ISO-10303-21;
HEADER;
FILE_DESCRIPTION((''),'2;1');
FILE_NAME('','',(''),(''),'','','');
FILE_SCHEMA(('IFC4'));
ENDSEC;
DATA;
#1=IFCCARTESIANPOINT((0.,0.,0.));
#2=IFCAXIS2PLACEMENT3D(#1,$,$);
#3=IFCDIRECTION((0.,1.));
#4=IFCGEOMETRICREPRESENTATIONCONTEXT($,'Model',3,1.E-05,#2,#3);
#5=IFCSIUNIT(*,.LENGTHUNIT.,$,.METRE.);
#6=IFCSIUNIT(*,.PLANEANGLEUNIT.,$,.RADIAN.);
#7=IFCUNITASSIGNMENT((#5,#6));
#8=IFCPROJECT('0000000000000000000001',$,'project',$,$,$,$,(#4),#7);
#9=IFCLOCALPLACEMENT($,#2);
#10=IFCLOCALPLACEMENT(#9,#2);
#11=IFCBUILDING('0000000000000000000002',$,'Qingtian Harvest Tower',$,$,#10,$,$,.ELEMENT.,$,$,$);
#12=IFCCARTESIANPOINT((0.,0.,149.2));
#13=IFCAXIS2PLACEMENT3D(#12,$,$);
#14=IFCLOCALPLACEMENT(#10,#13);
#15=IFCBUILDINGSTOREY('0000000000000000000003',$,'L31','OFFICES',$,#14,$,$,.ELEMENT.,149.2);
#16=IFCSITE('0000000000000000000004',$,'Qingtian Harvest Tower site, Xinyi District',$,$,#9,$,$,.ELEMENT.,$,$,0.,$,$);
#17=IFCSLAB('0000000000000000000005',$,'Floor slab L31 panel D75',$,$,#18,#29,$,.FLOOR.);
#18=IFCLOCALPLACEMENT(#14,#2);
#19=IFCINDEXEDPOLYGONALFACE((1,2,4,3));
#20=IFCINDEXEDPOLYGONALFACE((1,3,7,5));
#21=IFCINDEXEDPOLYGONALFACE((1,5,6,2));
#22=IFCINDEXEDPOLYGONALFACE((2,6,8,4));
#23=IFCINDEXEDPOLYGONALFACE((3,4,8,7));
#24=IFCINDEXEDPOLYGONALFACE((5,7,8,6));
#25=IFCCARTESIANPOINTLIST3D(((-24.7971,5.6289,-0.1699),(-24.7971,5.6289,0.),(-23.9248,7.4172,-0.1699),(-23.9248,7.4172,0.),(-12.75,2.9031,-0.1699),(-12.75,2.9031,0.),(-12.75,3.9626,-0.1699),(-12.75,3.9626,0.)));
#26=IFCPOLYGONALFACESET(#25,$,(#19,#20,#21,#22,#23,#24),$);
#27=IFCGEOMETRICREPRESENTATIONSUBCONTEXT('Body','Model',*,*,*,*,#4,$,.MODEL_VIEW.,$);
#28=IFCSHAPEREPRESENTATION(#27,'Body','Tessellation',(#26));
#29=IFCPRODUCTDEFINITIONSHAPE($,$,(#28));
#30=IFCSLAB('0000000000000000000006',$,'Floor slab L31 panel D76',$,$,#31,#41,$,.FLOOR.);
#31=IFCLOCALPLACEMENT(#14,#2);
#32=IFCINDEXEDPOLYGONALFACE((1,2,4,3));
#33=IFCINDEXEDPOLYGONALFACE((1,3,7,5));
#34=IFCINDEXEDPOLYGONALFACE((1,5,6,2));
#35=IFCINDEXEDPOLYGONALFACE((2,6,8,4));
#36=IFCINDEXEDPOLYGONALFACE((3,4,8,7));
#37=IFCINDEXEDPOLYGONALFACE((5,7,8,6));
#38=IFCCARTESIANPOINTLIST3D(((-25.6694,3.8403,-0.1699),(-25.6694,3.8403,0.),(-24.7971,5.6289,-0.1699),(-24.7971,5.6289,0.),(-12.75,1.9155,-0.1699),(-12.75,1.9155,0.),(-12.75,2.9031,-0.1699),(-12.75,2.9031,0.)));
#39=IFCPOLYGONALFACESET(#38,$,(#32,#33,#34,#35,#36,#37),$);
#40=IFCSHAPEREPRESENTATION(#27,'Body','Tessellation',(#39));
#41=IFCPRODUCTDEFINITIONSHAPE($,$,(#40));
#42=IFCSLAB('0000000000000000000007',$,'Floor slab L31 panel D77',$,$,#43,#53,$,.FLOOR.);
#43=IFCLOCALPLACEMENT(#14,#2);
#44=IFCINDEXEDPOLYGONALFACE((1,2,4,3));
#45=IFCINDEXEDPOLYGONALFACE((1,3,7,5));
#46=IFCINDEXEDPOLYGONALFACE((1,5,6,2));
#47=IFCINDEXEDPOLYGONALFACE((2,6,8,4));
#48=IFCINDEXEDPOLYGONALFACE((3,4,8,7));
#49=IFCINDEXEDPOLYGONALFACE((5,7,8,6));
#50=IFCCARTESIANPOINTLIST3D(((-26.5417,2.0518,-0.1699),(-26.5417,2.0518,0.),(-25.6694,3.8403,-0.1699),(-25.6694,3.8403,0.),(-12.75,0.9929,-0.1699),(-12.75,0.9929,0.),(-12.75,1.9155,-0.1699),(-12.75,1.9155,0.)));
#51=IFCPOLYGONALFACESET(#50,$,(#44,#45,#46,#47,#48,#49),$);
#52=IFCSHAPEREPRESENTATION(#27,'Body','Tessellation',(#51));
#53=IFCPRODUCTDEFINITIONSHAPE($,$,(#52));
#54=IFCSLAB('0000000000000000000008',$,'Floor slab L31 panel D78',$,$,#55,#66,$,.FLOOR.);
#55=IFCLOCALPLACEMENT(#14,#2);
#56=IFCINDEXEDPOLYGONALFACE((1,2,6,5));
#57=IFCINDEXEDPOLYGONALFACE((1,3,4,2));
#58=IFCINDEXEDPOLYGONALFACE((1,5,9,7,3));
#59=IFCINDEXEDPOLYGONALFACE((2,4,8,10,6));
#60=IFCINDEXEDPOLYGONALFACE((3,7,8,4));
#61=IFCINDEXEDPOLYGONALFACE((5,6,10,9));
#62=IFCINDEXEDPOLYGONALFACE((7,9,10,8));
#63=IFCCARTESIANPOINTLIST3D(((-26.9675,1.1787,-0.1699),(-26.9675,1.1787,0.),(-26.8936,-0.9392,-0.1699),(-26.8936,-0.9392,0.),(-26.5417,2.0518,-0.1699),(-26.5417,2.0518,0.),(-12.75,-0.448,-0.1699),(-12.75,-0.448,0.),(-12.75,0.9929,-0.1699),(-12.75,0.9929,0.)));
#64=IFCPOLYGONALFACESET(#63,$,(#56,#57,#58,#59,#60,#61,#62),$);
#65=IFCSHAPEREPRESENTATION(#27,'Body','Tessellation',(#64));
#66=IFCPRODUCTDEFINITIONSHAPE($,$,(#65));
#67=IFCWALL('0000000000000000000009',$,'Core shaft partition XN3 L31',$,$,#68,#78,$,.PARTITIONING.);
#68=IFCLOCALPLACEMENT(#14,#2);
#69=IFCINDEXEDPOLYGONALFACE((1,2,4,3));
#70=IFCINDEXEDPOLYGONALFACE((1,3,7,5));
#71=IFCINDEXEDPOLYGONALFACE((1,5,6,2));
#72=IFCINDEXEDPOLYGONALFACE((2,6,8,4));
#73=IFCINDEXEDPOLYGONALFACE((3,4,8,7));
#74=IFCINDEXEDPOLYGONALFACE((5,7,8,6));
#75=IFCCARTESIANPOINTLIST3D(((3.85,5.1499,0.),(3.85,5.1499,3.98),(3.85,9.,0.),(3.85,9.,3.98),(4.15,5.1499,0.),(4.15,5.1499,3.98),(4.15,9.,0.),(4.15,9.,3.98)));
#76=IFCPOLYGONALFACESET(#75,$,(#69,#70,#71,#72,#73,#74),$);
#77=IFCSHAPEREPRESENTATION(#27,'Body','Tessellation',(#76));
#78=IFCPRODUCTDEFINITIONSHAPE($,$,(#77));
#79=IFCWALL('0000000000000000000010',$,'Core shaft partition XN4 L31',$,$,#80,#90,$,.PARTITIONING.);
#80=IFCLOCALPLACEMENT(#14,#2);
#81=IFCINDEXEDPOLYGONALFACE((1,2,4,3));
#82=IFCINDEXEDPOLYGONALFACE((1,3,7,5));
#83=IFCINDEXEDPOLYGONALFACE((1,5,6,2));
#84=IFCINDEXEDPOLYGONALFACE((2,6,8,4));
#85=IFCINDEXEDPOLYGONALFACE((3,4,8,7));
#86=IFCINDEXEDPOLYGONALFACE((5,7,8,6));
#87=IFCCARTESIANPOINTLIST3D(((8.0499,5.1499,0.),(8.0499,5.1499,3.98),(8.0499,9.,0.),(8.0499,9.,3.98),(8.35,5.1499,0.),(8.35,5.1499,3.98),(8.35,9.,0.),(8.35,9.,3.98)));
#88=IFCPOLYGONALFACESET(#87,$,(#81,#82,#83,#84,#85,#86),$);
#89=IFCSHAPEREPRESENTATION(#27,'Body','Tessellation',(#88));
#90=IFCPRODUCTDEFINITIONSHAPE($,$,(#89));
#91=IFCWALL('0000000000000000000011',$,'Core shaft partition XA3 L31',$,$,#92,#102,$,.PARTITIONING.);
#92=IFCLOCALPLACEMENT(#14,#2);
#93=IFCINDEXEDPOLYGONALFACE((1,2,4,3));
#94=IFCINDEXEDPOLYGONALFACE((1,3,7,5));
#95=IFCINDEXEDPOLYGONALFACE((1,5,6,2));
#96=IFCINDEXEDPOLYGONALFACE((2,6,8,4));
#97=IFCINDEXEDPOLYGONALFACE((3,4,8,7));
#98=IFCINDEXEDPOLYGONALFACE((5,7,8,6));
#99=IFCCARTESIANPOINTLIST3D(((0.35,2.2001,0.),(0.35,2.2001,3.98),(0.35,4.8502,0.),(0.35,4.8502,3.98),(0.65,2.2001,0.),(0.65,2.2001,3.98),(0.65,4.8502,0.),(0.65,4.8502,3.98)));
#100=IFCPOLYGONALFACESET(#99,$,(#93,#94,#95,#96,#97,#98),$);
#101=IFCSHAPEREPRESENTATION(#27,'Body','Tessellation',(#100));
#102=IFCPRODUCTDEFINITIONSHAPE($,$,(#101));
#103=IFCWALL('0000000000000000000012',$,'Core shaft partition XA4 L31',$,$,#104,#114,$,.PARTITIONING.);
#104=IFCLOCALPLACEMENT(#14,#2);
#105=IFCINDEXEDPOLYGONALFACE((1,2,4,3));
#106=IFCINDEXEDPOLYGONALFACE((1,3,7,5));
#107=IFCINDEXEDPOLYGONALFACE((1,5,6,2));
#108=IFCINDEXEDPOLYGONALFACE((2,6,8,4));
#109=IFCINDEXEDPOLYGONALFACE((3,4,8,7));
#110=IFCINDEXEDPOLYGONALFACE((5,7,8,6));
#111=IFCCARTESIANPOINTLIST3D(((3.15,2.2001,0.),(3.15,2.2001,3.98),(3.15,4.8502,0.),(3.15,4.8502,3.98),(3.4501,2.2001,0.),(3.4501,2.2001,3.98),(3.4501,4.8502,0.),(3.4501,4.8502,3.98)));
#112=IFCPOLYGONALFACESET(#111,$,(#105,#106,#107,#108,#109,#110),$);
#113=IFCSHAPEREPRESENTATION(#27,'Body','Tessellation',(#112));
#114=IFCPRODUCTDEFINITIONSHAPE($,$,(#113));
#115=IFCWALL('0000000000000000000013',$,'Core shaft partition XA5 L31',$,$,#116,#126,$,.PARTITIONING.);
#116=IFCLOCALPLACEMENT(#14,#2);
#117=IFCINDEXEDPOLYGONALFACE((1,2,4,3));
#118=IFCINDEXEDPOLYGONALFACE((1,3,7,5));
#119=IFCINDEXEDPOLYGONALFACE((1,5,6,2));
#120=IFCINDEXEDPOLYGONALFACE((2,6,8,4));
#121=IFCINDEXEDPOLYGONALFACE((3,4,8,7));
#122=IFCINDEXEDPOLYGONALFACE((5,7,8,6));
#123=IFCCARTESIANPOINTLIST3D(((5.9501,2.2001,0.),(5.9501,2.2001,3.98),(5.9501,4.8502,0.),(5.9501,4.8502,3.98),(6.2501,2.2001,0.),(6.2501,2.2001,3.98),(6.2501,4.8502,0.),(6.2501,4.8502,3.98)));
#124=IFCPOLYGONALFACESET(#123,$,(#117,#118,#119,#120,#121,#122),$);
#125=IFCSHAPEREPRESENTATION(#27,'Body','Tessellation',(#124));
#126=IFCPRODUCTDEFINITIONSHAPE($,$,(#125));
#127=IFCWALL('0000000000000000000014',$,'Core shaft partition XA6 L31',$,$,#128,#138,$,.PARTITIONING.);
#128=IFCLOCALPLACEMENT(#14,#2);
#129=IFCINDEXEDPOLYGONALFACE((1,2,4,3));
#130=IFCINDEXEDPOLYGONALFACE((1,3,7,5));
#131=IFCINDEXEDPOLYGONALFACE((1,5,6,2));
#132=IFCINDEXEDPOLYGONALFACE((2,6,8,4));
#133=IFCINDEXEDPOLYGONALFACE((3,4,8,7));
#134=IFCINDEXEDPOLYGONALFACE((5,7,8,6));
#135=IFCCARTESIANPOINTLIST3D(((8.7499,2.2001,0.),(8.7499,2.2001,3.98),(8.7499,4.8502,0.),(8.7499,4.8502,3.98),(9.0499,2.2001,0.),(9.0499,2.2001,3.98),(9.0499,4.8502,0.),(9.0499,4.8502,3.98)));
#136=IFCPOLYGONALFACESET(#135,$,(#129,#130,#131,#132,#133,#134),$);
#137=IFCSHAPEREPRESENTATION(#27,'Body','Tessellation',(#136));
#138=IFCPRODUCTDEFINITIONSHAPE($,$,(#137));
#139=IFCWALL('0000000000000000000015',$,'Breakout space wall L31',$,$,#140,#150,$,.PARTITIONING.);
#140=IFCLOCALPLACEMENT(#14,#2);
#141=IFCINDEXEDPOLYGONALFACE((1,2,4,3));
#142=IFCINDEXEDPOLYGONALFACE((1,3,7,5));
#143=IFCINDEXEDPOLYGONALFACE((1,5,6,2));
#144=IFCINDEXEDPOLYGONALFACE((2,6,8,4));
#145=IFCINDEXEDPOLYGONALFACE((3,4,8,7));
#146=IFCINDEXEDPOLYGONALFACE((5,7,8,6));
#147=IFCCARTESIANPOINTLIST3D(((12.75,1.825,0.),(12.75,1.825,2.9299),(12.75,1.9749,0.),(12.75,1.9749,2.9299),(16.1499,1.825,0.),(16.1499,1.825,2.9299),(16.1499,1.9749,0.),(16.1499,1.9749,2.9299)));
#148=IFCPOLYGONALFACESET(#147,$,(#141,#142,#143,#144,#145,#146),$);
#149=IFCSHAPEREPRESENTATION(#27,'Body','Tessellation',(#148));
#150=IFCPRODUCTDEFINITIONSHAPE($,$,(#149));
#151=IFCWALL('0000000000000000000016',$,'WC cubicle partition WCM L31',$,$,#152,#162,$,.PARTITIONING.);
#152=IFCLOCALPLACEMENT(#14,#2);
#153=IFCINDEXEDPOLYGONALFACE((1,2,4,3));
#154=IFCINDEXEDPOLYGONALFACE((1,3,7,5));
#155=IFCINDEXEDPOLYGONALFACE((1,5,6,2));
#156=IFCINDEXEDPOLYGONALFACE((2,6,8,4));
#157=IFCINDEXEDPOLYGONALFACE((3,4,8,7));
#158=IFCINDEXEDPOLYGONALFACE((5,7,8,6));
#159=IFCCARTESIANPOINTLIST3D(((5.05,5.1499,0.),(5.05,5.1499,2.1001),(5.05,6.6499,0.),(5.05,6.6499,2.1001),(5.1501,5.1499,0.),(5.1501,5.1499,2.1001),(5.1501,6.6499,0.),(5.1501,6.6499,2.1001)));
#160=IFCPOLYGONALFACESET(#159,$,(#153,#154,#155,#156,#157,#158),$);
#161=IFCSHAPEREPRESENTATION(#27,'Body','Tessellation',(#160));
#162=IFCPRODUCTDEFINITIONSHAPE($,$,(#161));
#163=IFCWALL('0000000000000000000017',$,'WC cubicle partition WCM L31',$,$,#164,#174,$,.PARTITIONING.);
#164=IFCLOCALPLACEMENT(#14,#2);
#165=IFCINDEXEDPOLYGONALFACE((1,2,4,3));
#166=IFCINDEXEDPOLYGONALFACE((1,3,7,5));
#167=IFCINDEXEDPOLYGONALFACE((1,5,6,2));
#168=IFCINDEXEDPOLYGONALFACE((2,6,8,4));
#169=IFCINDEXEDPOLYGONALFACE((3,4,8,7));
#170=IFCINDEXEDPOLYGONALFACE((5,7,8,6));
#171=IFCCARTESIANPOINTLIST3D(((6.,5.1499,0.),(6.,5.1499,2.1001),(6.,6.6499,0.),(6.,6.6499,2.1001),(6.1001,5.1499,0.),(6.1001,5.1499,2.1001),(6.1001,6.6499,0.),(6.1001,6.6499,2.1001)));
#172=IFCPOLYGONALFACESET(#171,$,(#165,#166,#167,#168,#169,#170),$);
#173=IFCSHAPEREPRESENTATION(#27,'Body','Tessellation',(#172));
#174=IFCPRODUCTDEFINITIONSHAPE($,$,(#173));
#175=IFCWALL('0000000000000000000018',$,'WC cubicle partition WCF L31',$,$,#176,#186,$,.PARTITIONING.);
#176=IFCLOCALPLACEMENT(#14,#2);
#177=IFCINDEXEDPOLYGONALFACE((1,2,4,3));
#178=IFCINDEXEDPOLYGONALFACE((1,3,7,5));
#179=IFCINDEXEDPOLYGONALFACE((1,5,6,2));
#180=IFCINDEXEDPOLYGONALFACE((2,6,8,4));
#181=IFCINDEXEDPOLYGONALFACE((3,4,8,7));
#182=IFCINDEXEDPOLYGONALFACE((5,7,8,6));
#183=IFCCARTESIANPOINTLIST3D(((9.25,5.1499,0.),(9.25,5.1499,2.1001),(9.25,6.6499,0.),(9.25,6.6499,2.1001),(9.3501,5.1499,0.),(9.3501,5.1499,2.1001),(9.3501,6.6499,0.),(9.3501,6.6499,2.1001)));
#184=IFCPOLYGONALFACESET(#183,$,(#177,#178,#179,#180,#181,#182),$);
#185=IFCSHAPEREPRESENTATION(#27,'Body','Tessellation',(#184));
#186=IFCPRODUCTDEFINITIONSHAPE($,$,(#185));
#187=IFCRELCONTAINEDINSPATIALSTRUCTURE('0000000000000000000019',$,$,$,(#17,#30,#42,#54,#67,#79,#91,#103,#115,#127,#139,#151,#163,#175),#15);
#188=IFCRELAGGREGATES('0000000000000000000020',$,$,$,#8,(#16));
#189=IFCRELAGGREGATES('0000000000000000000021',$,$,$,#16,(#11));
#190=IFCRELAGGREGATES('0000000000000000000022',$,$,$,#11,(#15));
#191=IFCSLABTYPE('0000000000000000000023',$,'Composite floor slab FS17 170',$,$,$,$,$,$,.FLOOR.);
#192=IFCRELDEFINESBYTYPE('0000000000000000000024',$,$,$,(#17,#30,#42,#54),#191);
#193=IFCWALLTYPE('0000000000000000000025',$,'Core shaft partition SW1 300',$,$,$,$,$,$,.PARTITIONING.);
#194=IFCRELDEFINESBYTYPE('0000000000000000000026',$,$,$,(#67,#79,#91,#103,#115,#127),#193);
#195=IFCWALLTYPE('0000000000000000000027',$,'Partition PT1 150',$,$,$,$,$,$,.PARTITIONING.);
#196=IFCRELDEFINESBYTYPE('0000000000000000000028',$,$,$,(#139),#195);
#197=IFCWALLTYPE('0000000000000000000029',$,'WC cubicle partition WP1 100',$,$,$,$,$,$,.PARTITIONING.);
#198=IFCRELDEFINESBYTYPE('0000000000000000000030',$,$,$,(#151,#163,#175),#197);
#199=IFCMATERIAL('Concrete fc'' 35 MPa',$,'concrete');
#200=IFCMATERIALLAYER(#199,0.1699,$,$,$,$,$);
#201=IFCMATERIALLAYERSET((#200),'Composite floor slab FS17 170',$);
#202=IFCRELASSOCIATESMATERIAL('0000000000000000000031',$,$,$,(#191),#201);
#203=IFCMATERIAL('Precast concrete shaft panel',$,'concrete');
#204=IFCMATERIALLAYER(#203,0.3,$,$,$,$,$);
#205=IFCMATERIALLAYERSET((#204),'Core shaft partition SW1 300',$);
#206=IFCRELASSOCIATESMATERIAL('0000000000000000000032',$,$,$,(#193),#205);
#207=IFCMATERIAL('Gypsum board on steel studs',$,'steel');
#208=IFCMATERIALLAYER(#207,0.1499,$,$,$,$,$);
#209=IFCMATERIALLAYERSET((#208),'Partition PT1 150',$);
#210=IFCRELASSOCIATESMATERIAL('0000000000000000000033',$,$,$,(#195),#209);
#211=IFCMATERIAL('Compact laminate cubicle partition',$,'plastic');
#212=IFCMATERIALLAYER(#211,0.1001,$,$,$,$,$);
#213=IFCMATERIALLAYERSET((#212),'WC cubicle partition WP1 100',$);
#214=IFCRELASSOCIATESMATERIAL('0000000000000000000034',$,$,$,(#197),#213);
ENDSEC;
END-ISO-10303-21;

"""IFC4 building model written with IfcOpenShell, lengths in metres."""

from ifc_helpers import new_model, si_unit, direction, frame, frame_2d, origin, place, context, subcontext, project, spatial, polyline, rectangle, outline, extrude, material, layer, layer_set, type_object, element, save


model = new_model("IFC4")

# Units and contexts
model_context = context("Model", 3, precision=1e-05, world=origin(), true_north=direction((0.0, 1.0)))
body_context = subcontext(model_context, "Body", "Model", "MODEL_VIEW")
ifc_project = project(units=[si_unit("LENGTHUNIT", "METRE"), si_unit("PLANEANGLEUNIT", "RADIAN")], contexts=[model_context])

# Site, building, storey
site_placement = place(None, origin())
site = spatial("IfcSite", under=ifc_project, at=site_placement, Name="Qingtian Harvest Tower site, Xinyi District", CompositionType="ELEMENT", RefElevation=0.0)
building_placement = place(site_placement, origin())
building = spatial("IfcBuilding", under=site, at=building_placement, Name="Qingtian Harvest Tower", CompositionType="ELEMENT")
storey_placement = place(building_placement, frame((0.0, 0.0, 149.2)))
storey = spatial("IfcBuildingStorey", under=building, at=storey_placement, Name="L31", Description="OFFICES", CompositionType="ELEMENT", Elevation=149.2)

# Slabs
ifc_material_1 = material(Name="Concrete fc' 35 MPa", Category="concrete")
ifc_layer_1 = layer(ifc_material_1, 0.1699)
ifc_layer_set_1 = layer_set([ifc_layer_1], Name="Composite floor slab FS17 170")
slab_type = type_object("IfcSlabType", Name="Composite floor slab FS17 170", PredefinedType="FLOOR", material=ifc_layer_set_1)
slab_1_placement = place(storey_placement, frame((0.0, 0.0, -0.1699)))
element("IfcSlab", 1, at=slab_1_placement, inside=storey, type_object=slab_type, Name="Floor slab L31 panel D75", PredefinedType="FLOOR", context=body_context, shape_type="SweptSolid", body=[
    extrude(outline(polyline([(-12.75, 2.9031), (-24.7971, 5.6289), (-23.9248, 7.4172), (-12.75, 3.9626), (-12.75, 2.9031)])), origin(), (0.0, 0.0, 1.0), 0.1699),
])
slab_2_placement = place(storey_placement, frame((0.0, 0.0, -0.1699)))
element("IfcSlab", 2, at=slab_2_placement, inside=storey, type_object=slab_type, Name="Floor slab L31 panel D76", PredefinedType="FLOOR", context=body_context, shape_type="SweptSolid", body=[
    extrude(outline(polyline([(-12.75, 1.9155), (-25.6694, 3.8403), (-24.7971, 5.6289), (-12.75, 2.9031), (-12.75, 1.9155)])), origin(), (0.0, 0.0, 1.0), 0.1699),
])
slab_3_placement = place(storey_placement, frame((0.0, 0.0, -0.1699)))
element("IfcSlab", 3, at=slab_3_placement, inside=storey, type_object=slab_type, Name="Floor slab L31 panel D77", PredefinedType="FLOOR", context=body_context, shape_type="SweptSolid", body=[
    extrude(outline(polyline([(-12.75, 0.9929), (-26.5417, 2.0518), (-25.6694, 3.8403), (-12.75, 1.9155), (-12.75, 0.9929)])), origin(), (0.0, 0.0, 1.0), 0.1699),
])
slab_4_placement = place(storey_placement, frame((0.0, 0.0, -0.1699)))
element("IfcSlab", 4, at=slab_4_placement, inside=storey, type_object=slab_type, Name="Floor slab L31 panel D78", PredefinedType="FLOOR", context=body_context, shape_type="SweptSolid", body=[
    extrude(outline(polyline([(-12.75, 0.9929), (-12.75, -0.448), (-26.8936, -0.9392), (-26.9675, 1.1787), (-26.5417, 2.0518), (-12.75, 0.9929)])), origin(), (0.0, 0.0, 1.0), 0.1699),
])

# Shared definitions
ifc_material_2 = material(Name="Precast concrete shaft panel", Category="concrete")
ifc_layer_2 = layer(ifc_material_2, 0.3)
ifc_layer_set_2 = layer_set([ifc_layer_2], Name="Core shaft partition SW1 300")
wall_type_1 = type_object("IfcWallType", Name="Core shaft partition SW1 300", PredefinedType="PARTITIONING", material=ifc_layer_set_2)

# Walls
for number, where, z_axis, x_axis, name in (
    (5, (4.0, 5.1499, 0.0), (0.0, 0.0, 1.0), (0.0, 1.0, 0.0), "Core shaft partition XN3 L31"),
    (6, (8.2, 5.1499, 0.0), (0.0, 0.0, 1.0), (0.0, 1.0, 0.0), "Core shaft partition XN4 L31"),
):
    element("IfcWall", number, at=place(storey_placement, frame(where, z_axis=z_axis, x_axis=x_axis)), inside=storey, type_object=wall_type_1, Name=name, PredefinedType="PARTITIONING", context=body_context, shape_type="SweptSolid", body=[
        extrude(rectangle(XDim=3.8501, YDim=0.3, at=frame_2d((1.925, 0.0))), origin(), (0.0, 0.0, 1.0), 3.98),
    ])
for number, where, z_axis, x_axis, name in (
    (7, (0.5, 2.2, 0.0), (0.0, 0.0, 1.0), (0.0, 1.0, 0.0), "Core shaft partition XA3 L31"),
    (8, (3.3, 2.2, 0.0), (0.0, 0.0, 1.0), (0.0, 1.0, 0.0), "Core shaft partition XA4 L31"),
    (9, (6.1001, 2.2, 0.0), (0.0, 0.0, 1.0), (0.0, 1.0, 0.0), "Core shaft partition XA5 L31"),
    (10, (8.8999, 2.2, 0.0), (0.0, 0.0, 1.0), (0.0, 1.0, 0.0), "Core shaft partition XA6 L31"),
):
    element("IfcWall", number, at=place(storey_placement, frame(where, z_axis=z_axis, x_axis=x_axis)), inside=storey, type_object=wall_type_1, Name=name, PredefinedType="PARTITIONING", context=body_context, shape_type="SweptSolid", body=[
        extrude(rectangle(XDim=2.6501, YDim=0.3, at=frame_2d((1.3252, 0.0))), origin(), (0.0, 0.0, 1.0), 3.98),
    ])
ifc_material_3 = material(Name="Gypsum board on steel studs", Category="steel")
ifc_layer_3 = layer(ifc_material_3, 0.1499)
ifc_layer_set_3 = layer_set([ifc_layer_3], Name="Partition PT1 150")
wall_type_2 = type_object("IfcWallType", Name="Partition PT1 150", PredefinedType="PARTITIONING", material=ifc_layer_set_3)
wall_1_placement = place(storey_placement, frame((12.75, 1.8999, 0.0), z_axis=(0.0, 0.0, 1.0), x_axis=(1.0, 0.0, 0.0)))
element("IfcWall", 11, at=wall_1_placement, inside=storey, type_object=wall_type_2, Name="Breakout space wall L31", PredefinedType="PARTITIONING", context=body_context, shape_type="SweptSolid", body=[
    extrude(rectangle(XDim=3.3999, YDim=0.1499, at=frame_2d((1.7, 0.0))), origin(), (0.0, 0.0, 1.0), 2.9299),
])
ifc_material_4 = material(Name="Compact laminate cubicle partition", Category="plastic")
ifc_layer_4 = layer(ifc_material_4, 0.1001)
ifc_layer_set_4 = layer_set([ifc_layer_4], Name="WC cubicle partition WP1 100")
wall_type_3 = type_object("IfcWallType", Name="WC cubicle partition WP1 100", PredefinedType="PARTITIONING", material=ifc_layer_set_4)
for number, where, z_axis, x_axis, name in (
    (12, (5.1001, 5.1499, 0.0), (0.0, 0.0, 1.0), (0.0, 1.0, 0.0), "WC cubicle partition WCM L31"),
    (13, (6.05, 5.1499, 0.0), (0.0, 0.0, 1.0), (0.0, 1.0, 0.0), "WC cubicle partition WCM L31"),
    (14, (9.3, 5.1499, 0.0), (0.0, 0.0, 1.0), (0.0, 1.0, 0.0), "WC cubicle partition WCF L31"),
):
    element("IfcWall", number, at=place(storey_placement, frame(where, z_axis=z_axis, x_axis=x_axis)), inside=storey, type_object=wall_type_3, Name=name, PredefinedType="PARTITIONING", context=body_context, shape_type="SweptSolid", body=[
        extrude(rectangle(XDim=1.5, YDim=0.1001, at=frame_2d((0.75, 0.0))), origin(), (0.0, 0.0, 1.0), 2.1001),
    ])

save(model, "model.ifc")
